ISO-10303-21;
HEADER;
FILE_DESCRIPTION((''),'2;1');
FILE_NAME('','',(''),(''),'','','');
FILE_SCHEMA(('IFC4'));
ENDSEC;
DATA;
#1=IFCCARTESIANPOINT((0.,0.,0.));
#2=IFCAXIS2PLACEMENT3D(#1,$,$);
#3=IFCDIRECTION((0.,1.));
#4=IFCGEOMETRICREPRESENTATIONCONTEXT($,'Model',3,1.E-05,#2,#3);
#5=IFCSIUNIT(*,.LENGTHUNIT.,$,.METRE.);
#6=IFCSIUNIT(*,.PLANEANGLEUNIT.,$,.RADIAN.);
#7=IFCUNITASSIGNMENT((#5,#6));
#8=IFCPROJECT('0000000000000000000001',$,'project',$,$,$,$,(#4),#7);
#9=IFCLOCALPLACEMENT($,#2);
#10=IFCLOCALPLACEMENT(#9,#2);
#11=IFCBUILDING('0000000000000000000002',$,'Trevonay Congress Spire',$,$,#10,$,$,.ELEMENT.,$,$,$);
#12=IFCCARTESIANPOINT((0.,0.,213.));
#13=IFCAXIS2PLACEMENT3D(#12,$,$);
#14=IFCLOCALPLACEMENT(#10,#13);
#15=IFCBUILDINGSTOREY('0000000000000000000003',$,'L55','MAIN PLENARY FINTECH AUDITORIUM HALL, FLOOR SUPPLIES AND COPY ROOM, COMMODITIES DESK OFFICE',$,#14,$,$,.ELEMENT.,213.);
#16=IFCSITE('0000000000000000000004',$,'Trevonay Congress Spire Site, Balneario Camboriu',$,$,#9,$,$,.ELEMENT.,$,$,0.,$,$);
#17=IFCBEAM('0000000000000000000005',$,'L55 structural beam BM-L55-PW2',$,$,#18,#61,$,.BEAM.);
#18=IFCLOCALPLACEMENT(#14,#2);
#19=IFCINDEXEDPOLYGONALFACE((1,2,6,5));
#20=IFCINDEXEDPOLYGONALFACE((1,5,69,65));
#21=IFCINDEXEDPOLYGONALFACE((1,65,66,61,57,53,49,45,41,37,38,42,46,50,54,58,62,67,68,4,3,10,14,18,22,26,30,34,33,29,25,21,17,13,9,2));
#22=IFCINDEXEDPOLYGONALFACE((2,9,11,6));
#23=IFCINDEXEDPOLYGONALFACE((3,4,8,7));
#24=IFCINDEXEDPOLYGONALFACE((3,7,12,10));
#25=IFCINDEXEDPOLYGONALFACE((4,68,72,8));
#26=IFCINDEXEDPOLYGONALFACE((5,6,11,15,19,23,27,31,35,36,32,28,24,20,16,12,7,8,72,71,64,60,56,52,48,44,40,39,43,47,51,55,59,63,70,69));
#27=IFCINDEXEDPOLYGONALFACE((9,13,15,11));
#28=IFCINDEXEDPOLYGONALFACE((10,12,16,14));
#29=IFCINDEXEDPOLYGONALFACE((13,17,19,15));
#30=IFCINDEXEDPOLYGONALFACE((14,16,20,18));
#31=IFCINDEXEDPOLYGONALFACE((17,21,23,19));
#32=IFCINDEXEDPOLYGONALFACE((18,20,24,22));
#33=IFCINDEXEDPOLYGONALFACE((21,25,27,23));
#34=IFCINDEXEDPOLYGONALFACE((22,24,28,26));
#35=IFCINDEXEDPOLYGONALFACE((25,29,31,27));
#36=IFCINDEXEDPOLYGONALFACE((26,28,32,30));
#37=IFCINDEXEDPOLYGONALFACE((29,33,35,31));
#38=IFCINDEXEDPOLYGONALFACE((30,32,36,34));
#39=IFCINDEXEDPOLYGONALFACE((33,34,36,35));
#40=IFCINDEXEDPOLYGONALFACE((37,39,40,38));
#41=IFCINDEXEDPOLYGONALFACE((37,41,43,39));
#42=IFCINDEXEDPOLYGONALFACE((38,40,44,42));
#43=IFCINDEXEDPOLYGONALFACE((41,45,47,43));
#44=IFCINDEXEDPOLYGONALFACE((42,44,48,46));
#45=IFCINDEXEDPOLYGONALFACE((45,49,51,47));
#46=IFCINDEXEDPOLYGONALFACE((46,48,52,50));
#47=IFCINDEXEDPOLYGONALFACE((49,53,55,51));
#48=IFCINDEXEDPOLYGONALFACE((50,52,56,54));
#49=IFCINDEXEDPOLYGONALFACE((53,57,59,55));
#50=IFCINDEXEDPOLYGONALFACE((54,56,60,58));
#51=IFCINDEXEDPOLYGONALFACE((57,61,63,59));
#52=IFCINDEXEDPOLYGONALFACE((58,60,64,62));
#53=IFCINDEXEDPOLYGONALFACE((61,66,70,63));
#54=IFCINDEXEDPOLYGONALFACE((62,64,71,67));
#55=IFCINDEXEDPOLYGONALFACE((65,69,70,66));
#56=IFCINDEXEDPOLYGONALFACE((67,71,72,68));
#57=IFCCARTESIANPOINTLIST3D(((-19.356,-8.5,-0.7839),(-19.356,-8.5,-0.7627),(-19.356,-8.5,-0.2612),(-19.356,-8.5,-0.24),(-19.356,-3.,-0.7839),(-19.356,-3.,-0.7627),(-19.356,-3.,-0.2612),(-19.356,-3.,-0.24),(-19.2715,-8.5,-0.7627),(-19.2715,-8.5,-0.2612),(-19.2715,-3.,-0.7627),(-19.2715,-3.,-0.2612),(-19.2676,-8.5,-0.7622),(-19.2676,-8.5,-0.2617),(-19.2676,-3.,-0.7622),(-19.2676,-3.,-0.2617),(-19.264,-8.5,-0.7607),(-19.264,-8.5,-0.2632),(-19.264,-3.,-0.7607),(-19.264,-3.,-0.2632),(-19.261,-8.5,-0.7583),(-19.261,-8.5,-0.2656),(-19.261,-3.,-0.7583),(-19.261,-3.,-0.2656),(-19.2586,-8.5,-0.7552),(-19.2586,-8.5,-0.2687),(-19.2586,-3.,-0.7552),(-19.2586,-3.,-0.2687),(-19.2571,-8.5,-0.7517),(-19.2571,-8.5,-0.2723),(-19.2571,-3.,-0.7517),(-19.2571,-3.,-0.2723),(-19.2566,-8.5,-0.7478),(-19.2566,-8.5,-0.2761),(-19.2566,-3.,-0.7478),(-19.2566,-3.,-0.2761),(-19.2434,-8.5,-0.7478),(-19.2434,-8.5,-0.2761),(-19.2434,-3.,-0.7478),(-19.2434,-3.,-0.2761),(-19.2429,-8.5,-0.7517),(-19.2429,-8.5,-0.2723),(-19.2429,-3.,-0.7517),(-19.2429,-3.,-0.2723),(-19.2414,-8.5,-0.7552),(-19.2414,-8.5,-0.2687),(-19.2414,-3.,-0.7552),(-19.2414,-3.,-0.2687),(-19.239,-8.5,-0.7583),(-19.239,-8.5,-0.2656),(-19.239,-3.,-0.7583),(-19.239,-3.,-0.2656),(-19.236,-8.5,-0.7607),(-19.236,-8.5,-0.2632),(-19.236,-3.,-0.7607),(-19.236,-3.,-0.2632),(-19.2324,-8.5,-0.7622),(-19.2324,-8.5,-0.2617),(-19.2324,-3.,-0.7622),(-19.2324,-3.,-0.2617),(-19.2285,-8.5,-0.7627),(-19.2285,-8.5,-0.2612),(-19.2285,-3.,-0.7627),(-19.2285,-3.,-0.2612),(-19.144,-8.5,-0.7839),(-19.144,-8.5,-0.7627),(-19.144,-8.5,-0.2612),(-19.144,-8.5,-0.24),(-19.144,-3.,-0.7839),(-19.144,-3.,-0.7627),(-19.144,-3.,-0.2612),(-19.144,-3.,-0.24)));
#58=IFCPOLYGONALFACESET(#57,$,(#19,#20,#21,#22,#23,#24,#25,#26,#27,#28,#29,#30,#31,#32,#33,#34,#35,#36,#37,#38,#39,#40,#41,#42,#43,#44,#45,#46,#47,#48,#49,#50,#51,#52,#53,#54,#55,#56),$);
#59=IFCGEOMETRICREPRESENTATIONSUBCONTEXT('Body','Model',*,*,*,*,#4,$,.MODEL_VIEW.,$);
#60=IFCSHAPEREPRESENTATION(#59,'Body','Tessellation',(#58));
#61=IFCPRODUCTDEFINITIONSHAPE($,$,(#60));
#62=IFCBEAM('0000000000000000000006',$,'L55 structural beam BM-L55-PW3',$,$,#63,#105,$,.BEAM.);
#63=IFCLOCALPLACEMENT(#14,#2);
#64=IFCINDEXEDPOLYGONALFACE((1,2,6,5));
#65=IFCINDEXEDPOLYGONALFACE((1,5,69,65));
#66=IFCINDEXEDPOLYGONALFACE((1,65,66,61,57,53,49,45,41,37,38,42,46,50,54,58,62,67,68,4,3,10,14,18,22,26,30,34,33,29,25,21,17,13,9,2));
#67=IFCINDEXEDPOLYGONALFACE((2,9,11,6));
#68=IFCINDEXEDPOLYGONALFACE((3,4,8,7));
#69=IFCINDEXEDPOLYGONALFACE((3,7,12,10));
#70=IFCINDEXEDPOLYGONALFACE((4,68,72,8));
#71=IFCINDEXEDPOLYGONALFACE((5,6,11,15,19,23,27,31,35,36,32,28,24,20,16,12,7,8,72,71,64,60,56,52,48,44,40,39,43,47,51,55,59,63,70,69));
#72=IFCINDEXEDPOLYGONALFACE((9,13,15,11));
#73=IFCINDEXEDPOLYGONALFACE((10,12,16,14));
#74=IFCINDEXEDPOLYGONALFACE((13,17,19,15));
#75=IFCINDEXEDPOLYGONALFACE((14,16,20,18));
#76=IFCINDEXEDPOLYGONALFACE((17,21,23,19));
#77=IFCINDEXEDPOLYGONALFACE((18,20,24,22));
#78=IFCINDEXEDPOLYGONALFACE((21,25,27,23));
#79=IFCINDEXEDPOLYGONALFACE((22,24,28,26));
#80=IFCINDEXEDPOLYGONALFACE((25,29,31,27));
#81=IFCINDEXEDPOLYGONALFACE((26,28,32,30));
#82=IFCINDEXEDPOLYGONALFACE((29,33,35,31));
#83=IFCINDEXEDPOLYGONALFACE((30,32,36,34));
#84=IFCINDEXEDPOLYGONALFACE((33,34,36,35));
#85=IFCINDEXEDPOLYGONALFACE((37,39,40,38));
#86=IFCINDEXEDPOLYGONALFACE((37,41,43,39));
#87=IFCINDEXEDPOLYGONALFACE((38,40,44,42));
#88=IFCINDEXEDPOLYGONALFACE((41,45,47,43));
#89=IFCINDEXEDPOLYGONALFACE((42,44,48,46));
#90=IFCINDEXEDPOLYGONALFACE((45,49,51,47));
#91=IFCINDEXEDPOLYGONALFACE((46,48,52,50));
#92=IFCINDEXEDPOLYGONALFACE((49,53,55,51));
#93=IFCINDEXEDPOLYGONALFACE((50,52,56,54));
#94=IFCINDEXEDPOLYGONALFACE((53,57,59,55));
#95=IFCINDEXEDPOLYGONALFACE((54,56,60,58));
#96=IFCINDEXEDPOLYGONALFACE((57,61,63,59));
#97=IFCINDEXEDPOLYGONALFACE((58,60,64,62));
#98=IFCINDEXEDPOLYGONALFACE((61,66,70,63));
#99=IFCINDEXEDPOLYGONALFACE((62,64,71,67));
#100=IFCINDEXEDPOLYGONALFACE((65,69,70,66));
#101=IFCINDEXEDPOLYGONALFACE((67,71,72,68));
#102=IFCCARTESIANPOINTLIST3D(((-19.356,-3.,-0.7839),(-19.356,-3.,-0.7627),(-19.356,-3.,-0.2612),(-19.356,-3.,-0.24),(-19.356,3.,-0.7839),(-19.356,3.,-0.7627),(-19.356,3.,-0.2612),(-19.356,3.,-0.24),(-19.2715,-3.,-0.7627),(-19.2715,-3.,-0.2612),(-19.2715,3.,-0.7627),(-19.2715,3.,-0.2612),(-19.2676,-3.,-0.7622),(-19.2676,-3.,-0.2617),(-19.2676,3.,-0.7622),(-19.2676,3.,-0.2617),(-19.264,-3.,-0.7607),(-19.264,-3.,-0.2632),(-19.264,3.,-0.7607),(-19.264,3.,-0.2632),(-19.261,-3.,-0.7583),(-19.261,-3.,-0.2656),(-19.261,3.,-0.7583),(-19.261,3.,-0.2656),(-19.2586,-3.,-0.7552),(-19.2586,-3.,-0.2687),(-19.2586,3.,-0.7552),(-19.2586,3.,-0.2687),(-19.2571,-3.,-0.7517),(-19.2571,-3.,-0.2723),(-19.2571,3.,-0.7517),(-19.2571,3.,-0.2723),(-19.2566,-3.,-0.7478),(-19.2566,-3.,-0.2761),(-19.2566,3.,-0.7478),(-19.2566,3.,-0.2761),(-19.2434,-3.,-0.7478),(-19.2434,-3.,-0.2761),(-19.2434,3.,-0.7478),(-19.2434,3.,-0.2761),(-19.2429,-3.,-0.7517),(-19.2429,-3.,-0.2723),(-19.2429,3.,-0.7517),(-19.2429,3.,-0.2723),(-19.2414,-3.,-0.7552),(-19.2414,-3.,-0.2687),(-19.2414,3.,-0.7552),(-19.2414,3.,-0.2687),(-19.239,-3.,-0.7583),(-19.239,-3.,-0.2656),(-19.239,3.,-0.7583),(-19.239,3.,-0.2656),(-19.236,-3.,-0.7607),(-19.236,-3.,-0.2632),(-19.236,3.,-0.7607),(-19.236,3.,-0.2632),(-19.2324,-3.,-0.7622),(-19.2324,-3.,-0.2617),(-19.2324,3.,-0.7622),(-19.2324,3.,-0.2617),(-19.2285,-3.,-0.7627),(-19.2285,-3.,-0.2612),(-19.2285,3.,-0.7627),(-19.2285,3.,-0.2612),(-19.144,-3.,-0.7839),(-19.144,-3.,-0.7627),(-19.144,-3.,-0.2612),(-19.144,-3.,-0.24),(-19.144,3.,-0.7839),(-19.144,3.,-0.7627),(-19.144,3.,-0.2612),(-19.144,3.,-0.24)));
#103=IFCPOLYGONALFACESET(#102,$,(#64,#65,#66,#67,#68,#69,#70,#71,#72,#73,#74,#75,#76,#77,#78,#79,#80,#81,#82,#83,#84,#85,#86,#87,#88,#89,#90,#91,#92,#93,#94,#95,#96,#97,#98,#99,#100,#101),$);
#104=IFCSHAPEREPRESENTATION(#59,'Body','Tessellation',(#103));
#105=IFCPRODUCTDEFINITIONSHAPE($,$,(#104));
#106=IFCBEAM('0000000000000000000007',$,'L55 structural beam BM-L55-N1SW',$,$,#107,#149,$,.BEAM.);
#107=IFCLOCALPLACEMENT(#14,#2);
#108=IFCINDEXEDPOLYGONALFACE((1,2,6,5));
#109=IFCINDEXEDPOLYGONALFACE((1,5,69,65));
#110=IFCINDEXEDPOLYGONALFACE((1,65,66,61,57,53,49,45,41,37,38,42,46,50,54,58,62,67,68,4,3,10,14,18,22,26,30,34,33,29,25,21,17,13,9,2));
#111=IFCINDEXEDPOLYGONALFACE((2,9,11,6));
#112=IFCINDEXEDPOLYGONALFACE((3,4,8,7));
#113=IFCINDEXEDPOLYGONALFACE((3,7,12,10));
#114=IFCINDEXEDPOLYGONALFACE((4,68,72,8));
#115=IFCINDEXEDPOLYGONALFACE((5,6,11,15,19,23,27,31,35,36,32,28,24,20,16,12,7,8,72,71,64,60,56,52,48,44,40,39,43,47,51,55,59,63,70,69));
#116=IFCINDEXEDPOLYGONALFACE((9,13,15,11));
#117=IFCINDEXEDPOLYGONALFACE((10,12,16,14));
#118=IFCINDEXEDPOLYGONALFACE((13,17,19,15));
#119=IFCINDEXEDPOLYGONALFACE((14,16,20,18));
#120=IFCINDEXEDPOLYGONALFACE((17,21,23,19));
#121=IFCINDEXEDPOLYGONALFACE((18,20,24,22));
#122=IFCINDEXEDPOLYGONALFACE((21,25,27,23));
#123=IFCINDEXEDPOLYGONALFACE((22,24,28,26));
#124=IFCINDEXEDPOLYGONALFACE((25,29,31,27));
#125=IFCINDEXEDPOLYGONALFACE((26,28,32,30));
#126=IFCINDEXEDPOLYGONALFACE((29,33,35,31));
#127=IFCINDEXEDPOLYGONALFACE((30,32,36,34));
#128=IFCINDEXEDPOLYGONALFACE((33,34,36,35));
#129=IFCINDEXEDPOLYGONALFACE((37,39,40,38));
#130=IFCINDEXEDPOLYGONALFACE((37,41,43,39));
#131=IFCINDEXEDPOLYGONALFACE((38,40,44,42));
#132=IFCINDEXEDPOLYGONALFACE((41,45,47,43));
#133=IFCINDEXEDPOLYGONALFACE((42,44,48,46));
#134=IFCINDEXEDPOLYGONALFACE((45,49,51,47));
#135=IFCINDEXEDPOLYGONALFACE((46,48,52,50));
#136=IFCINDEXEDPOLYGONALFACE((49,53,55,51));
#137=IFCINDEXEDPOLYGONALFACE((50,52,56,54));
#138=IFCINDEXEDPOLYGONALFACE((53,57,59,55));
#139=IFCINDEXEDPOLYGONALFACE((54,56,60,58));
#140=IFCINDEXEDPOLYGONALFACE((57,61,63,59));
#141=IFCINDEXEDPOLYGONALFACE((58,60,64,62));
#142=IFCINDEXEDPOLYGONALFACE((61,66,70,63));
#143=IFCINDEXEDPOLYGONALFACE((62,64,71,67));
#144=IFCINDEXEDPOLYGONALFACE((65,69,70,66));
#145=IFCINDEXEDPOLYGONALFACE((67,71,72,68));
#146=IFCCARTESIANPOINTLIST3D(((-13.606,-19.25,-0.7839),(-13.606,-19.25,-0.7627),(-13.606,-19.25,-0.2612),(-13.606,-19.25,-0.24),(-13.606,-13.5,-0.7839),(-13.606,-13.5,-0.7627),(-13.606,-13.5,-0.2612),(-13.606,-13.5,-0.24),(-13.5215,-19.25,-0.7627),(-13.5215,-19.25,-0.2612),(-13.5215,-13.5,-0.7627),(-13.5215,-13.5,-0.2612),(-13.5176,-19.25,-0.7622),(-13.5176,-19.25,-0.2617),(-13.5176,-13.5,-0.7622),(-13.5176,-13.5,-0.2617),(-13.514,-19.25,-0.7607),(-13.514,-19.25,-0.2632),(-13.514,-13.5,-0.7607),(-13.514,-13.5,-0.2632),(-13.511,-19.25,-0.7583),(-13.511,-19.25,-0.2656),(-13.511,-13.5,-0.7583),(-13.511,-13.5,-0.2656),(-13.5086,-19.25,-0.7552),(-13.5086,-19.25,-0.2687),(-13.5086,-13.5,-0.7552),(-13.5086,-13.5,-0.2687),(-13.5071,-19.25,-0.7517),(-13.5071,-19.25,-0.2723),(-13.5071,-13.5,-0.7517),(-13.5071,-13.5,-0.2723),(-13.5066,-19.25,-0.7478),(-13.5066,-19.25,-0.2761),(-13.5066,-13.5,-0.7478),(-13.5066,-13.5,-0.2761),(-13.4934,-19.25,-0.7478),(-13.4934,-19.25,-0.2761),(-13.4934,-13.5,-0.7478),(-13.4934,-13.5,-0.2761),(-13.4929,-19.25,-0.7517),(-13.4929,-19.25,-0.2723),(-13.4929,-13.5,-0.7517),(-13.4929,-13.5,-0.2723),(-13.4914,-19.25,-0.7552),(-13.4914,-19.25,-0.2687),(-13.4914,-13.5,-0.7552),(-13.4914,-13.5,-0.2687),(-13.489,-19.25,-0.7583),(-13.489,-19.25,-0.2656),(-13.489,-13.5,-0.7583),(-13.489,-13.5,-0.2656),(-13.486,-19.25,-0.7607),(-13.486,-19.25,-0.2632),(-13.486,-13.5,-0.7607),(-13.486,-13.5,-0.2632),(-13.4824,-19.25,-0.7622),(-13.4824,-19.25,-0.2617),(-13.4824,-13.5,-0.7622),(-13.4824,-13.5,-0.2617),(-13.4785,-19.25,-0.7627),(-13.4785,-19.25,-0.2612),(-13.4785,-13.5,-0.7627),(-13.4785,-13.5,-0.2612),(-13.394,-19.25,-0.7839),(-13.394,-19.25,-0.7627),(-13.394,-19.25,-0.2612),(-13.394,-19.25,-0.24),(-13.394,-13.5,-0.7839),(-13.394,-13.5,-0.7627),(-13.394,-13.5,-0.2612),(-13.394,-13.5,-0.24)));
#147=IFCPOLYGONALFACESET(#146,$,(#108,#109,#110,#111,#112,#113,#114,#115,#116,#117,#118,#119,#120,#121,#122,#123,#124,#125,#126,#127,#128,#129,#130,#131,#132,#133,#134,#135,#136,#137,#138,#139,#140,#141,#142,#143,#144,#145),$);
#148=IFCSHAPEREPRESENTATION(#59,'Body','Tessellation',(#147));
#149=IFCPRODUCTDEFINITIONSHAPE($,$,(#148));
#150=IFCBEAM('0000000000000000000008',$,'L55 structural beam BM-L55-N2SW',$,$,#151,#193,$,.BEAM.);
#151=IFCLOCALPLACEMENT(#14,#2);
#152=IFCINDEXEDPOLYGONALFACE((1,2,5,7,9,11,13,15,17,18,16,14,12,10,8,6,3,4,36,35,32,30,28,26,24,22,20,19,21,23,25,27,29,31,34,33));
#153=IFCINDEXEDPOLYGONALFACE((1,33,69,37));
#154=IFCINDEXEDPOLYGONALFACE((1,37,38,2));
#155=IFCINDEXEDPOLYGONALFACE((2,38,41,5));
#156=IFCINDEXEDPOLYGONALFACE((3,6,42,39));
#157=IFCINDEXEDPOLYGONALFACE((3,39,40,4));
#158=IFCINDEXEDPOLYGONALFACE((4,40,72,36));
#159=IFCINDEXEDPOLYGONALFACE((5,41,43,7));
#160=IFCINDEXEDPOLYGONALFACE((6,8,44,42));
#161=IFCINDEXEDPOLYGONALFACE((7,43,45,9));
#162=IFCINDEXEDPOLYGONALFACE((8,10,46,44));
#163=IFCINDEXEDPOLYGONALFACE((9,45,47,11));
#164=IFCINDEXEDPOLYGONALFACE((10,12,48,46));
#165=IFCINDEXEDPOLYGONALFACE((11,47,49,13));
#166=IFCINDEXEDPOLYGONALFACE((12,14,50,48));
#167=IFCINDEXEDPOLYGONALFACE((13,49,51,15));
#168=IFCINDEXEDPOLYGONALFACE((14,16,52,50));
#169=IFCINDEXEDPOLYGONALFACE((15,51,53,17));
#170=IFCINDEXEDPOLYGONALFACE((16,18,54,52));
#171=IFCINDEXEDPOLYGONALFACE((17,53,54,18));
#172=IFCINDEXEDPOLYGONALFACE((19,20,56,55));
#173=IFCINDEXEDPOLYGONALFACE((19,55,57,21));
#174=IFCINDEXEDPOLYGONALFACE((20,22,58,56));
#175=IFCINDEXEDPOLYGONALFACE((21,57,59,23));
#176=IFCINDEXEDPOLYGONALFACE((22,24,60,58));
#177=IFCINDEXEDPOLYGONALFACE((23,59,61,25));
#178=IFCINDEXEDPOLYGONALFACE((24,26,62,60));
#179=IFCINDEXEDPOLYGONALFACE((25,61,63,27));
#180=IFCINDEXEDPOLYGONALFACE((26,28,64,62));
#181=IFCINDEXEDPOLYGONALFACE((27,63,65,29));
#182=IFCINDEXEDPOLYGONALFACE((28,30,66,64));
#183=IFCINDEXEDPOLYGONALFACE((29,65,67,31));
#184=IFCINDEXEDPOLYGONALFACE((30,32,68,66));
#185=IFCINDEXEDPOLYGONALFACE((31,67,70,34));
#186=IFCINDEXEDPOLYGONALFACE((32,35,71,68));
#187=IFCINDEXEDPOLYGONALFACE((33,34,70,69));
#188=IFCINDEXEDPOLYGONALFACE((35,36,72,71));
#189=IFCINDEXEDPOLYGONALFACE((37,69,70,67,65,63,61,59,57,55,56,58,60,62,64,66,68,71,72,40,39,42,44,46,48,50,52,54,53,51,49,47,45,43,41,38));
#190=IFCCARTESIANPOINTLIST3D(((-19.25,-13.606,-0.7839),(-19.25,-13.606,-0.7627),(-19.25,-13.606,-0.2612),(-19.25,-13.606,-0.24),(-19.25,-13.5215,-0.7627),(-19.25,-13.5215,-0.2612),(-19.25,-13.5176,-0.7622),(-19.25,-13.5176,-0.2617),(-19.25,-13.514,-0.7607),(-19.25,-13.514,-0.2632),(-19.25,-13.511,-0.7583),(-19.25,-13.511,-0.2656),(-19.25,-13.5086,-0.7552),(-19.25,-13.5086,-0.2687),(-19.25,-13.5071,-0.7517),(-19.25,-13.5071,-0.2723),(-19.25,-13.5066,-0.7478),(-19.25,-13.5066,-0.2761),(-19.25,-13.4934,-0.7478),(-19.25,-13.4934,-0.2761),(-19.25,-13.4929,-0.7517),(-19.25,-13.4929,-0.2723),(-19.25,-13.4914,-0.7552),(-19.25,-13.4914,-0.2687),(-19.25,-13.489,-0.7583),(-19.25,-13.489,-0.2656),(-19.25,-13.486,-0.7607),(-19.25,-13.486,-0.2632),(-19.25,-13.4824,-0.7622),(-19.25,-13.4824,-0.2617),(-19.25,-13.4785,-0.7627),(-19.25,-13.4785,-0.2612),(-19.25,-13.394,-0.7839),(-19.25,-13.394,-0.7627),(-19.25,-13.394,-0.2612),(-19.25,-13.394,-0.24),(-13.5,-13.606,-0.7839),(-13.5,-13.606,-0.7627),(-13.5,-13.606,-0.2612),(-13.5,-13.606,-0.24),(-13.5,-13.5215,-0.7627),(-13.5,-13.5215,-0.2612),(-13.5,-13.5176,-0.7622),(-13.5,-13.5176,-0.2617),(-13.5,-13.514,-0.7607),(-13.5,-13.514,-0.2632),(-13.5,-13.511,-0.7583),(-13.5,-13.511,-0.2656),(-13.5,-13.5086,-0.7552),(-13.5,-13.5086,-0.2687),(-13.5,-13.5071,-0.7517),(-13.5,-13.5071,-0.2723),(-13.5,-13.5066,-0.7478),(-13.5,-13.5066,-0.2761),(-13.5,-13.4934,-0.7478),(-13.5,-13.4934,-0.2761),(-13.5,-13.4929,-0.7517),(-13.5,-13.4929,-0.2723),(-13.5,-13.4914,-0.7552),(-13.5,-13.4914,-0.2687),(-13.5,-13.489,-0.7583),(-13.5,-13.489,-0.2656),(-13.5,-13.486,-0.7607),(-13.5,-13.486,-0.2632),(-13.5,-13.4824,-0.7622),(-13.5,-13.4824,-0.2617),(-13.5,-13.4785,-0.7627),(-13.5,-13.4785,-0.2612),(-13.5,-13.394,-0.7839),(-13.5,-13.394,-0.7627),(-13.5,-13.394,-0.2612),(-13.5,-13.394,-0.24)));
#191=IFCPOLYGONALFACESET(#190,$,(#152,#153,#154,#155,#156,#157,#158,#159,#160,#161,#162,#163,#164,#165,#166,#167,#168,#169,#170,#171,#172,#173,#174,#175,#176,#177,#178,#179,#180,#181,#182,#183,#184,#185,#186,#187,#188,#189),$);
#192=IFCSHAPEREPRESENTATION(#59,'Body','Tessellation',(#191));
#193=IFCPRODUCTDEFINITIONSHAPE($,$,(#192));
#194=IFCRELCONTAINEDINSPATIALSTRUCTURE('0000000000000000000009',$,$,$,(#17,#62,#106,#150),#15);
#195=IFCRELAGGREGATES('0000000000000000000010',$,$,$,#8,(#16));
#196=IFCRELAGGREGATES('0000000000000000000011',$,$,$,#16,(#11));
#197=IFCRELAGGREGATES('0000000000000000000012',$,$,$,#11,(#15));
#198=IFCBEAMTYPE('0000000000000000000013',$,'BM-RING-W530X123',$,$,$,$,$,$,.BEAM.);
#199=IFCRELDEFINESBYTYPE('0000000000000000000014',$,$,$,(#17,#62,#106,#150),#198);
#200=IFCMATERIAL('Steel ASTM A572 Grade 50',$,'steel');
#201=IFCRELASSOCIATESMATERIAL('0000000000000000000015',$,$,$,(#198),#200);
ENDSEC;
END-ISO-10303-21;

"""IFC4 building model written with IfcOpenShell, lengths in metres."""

from ifc_helpers import new_model, si_unit, direction, frame, origin, origin_2d, place, context, subcontext, project, spatial, i_section, extrude, material, material_profile, profile_set, type_object, element, save


model = new_model("IFC4")

# Units and contexts
model_context = context("Model", 3, precision=1e-05, world=origin(), true_north=direction((0.0, 1.0)))
body_context = subcontext(model_context, "Body", "Model", "MODEL_VIEW")
ifc_project = project(units=[si_unit("LENGTHUNIT", "METRE"), si_unit("PLANEANGLEUNIT", "RADIAN")], contexts=[model_context])

# Site, building, storey
site_placement = place(None, origin())
site = spatial("IfcSite", under=ifc_project, at=site_placement, Name="Trevonay Congress Spire Site, Balneario Camboriu", CompositionType="ELEMENT", RefElevation=0.0)
building_placement = place(site_placement, origin())
building = spatial("IfcBuilding", under=site, at=building_placement, Name="Trevonay Congress Spire", CompositionType="ELEMENT")
storey_placement = place(building_placement, frame((0.0, 0.0, 213.0)))
storey = spatial("IfcBuildingStorey", under=building, at=storey_placement, Name="L55", Description="MAIN PLENARY FINTECH AUDITORIUM HALL, FLOOR SUPPLIES AND COPY ROOM, COMMODITIES DESK OFFICE", CompositionType="ELEMENT", Elevation=213.0)

# Shared definitions
ifc_material_1 = material(Name="Steel ASTM A572 Grade 50", Category="steel")

# Beams
ifc_material_profile_1 = material_profile(ifc_material_1, i_section(OverallWidth=0.2119, OverallDepth=0.5439, WebThickness=0.0132, FlangeThickness=0.0212, FilletRadius=0.0149, at=origin_2d()), Name="W530x123")
ifc_profile_set_1 = profile_set([ifc_material_profile_1], Name="Steel ASTM A572 Grade 50")
beam_type_1 = type_object("IfcBeamType", Name="BM-RING-W530X123", PredefinedType="BEAM", material=ifc_profile_set_1)
beam_1_placement = place(storey_placement, frame((-19.25, -8.5, -0.512), z_axis=(0.0, 1.0, 0.0), x_axis=(-1.0, 0.0, 0.0)))
element("IfcBeam", 1, at=beam_1_placement, inside=storey, type_object=beam_type_1, Name="L55 structural beam BM-L55-PW2", PredefinedType="BEAM", context=body_context, shape_type="SweptSolid", body=[
    extrude(i_section(OverallWidth=0.2119, OverallDepth=0.5439, WebThickness=0.0132, FlangeThickness=0.0212, FilletRadius=0.0149, at=origin_2d()), origin(), (0.0, 0.0, 1.0), 5.5),
])
beam_2_placement = place(storey_placement, frame((-19.25, -3.0, -0.512), z_axis=(0.0, 1.0, 0.0), x_axis=(-1.0, 0.0, 0.0)))
element("IfcBeam", 2, at=beam_2_placement, inside=storey, type_object=beam_type_1, Name="L55 structural beam BM-L55-PW3", PredefinedType="BEAM", context=body_context, shape_type="SweptSolid", body=[
    extrude(i_section(OverallWidth=0.2119, OverallDepth=0.5439, WebThickness=0.0132, FlangeThickness=0.0212, FilletRadius=0.0149, at=origin_2d()), origin(), (0.0, 0.0, 1.0), 6.0),
])
for number, where, z_axis, x_axis, name in (
    (3, (-13.5, -19.25, -0.512), (0.0, 1.0, 0.0), (-1.0, 0.0, 0.0), "L55 structural beam BM-L55-N1SW"),
    (4, (-19.25, -13.5, -0.512), (1.0, 0.0, 0.0), (0.0, 1.0, 0.0), "L55 structural beam BM-L55-N2SW"),
):
    element("IfcBeam", number, at=place(storey_placement, frame(where, z_axis=z_axis, x_axis=x_axis)), inside=storey, type_object=beam_type_1, Name=name, PredefinedType="BEAM", context=body_context, shape_type="SweptSolid", body=[
        extrude(i_section(OverallWidth=0.2119, OverallDepth=0.5439, WebThickness=0.0132, FlangeThickness=0.0212, FilletRadius=0.0149, at=origin_2d()), origin(), (0.0, 0.0, 1.0), 5.75),
    ])

save(model, "model.ifc")
